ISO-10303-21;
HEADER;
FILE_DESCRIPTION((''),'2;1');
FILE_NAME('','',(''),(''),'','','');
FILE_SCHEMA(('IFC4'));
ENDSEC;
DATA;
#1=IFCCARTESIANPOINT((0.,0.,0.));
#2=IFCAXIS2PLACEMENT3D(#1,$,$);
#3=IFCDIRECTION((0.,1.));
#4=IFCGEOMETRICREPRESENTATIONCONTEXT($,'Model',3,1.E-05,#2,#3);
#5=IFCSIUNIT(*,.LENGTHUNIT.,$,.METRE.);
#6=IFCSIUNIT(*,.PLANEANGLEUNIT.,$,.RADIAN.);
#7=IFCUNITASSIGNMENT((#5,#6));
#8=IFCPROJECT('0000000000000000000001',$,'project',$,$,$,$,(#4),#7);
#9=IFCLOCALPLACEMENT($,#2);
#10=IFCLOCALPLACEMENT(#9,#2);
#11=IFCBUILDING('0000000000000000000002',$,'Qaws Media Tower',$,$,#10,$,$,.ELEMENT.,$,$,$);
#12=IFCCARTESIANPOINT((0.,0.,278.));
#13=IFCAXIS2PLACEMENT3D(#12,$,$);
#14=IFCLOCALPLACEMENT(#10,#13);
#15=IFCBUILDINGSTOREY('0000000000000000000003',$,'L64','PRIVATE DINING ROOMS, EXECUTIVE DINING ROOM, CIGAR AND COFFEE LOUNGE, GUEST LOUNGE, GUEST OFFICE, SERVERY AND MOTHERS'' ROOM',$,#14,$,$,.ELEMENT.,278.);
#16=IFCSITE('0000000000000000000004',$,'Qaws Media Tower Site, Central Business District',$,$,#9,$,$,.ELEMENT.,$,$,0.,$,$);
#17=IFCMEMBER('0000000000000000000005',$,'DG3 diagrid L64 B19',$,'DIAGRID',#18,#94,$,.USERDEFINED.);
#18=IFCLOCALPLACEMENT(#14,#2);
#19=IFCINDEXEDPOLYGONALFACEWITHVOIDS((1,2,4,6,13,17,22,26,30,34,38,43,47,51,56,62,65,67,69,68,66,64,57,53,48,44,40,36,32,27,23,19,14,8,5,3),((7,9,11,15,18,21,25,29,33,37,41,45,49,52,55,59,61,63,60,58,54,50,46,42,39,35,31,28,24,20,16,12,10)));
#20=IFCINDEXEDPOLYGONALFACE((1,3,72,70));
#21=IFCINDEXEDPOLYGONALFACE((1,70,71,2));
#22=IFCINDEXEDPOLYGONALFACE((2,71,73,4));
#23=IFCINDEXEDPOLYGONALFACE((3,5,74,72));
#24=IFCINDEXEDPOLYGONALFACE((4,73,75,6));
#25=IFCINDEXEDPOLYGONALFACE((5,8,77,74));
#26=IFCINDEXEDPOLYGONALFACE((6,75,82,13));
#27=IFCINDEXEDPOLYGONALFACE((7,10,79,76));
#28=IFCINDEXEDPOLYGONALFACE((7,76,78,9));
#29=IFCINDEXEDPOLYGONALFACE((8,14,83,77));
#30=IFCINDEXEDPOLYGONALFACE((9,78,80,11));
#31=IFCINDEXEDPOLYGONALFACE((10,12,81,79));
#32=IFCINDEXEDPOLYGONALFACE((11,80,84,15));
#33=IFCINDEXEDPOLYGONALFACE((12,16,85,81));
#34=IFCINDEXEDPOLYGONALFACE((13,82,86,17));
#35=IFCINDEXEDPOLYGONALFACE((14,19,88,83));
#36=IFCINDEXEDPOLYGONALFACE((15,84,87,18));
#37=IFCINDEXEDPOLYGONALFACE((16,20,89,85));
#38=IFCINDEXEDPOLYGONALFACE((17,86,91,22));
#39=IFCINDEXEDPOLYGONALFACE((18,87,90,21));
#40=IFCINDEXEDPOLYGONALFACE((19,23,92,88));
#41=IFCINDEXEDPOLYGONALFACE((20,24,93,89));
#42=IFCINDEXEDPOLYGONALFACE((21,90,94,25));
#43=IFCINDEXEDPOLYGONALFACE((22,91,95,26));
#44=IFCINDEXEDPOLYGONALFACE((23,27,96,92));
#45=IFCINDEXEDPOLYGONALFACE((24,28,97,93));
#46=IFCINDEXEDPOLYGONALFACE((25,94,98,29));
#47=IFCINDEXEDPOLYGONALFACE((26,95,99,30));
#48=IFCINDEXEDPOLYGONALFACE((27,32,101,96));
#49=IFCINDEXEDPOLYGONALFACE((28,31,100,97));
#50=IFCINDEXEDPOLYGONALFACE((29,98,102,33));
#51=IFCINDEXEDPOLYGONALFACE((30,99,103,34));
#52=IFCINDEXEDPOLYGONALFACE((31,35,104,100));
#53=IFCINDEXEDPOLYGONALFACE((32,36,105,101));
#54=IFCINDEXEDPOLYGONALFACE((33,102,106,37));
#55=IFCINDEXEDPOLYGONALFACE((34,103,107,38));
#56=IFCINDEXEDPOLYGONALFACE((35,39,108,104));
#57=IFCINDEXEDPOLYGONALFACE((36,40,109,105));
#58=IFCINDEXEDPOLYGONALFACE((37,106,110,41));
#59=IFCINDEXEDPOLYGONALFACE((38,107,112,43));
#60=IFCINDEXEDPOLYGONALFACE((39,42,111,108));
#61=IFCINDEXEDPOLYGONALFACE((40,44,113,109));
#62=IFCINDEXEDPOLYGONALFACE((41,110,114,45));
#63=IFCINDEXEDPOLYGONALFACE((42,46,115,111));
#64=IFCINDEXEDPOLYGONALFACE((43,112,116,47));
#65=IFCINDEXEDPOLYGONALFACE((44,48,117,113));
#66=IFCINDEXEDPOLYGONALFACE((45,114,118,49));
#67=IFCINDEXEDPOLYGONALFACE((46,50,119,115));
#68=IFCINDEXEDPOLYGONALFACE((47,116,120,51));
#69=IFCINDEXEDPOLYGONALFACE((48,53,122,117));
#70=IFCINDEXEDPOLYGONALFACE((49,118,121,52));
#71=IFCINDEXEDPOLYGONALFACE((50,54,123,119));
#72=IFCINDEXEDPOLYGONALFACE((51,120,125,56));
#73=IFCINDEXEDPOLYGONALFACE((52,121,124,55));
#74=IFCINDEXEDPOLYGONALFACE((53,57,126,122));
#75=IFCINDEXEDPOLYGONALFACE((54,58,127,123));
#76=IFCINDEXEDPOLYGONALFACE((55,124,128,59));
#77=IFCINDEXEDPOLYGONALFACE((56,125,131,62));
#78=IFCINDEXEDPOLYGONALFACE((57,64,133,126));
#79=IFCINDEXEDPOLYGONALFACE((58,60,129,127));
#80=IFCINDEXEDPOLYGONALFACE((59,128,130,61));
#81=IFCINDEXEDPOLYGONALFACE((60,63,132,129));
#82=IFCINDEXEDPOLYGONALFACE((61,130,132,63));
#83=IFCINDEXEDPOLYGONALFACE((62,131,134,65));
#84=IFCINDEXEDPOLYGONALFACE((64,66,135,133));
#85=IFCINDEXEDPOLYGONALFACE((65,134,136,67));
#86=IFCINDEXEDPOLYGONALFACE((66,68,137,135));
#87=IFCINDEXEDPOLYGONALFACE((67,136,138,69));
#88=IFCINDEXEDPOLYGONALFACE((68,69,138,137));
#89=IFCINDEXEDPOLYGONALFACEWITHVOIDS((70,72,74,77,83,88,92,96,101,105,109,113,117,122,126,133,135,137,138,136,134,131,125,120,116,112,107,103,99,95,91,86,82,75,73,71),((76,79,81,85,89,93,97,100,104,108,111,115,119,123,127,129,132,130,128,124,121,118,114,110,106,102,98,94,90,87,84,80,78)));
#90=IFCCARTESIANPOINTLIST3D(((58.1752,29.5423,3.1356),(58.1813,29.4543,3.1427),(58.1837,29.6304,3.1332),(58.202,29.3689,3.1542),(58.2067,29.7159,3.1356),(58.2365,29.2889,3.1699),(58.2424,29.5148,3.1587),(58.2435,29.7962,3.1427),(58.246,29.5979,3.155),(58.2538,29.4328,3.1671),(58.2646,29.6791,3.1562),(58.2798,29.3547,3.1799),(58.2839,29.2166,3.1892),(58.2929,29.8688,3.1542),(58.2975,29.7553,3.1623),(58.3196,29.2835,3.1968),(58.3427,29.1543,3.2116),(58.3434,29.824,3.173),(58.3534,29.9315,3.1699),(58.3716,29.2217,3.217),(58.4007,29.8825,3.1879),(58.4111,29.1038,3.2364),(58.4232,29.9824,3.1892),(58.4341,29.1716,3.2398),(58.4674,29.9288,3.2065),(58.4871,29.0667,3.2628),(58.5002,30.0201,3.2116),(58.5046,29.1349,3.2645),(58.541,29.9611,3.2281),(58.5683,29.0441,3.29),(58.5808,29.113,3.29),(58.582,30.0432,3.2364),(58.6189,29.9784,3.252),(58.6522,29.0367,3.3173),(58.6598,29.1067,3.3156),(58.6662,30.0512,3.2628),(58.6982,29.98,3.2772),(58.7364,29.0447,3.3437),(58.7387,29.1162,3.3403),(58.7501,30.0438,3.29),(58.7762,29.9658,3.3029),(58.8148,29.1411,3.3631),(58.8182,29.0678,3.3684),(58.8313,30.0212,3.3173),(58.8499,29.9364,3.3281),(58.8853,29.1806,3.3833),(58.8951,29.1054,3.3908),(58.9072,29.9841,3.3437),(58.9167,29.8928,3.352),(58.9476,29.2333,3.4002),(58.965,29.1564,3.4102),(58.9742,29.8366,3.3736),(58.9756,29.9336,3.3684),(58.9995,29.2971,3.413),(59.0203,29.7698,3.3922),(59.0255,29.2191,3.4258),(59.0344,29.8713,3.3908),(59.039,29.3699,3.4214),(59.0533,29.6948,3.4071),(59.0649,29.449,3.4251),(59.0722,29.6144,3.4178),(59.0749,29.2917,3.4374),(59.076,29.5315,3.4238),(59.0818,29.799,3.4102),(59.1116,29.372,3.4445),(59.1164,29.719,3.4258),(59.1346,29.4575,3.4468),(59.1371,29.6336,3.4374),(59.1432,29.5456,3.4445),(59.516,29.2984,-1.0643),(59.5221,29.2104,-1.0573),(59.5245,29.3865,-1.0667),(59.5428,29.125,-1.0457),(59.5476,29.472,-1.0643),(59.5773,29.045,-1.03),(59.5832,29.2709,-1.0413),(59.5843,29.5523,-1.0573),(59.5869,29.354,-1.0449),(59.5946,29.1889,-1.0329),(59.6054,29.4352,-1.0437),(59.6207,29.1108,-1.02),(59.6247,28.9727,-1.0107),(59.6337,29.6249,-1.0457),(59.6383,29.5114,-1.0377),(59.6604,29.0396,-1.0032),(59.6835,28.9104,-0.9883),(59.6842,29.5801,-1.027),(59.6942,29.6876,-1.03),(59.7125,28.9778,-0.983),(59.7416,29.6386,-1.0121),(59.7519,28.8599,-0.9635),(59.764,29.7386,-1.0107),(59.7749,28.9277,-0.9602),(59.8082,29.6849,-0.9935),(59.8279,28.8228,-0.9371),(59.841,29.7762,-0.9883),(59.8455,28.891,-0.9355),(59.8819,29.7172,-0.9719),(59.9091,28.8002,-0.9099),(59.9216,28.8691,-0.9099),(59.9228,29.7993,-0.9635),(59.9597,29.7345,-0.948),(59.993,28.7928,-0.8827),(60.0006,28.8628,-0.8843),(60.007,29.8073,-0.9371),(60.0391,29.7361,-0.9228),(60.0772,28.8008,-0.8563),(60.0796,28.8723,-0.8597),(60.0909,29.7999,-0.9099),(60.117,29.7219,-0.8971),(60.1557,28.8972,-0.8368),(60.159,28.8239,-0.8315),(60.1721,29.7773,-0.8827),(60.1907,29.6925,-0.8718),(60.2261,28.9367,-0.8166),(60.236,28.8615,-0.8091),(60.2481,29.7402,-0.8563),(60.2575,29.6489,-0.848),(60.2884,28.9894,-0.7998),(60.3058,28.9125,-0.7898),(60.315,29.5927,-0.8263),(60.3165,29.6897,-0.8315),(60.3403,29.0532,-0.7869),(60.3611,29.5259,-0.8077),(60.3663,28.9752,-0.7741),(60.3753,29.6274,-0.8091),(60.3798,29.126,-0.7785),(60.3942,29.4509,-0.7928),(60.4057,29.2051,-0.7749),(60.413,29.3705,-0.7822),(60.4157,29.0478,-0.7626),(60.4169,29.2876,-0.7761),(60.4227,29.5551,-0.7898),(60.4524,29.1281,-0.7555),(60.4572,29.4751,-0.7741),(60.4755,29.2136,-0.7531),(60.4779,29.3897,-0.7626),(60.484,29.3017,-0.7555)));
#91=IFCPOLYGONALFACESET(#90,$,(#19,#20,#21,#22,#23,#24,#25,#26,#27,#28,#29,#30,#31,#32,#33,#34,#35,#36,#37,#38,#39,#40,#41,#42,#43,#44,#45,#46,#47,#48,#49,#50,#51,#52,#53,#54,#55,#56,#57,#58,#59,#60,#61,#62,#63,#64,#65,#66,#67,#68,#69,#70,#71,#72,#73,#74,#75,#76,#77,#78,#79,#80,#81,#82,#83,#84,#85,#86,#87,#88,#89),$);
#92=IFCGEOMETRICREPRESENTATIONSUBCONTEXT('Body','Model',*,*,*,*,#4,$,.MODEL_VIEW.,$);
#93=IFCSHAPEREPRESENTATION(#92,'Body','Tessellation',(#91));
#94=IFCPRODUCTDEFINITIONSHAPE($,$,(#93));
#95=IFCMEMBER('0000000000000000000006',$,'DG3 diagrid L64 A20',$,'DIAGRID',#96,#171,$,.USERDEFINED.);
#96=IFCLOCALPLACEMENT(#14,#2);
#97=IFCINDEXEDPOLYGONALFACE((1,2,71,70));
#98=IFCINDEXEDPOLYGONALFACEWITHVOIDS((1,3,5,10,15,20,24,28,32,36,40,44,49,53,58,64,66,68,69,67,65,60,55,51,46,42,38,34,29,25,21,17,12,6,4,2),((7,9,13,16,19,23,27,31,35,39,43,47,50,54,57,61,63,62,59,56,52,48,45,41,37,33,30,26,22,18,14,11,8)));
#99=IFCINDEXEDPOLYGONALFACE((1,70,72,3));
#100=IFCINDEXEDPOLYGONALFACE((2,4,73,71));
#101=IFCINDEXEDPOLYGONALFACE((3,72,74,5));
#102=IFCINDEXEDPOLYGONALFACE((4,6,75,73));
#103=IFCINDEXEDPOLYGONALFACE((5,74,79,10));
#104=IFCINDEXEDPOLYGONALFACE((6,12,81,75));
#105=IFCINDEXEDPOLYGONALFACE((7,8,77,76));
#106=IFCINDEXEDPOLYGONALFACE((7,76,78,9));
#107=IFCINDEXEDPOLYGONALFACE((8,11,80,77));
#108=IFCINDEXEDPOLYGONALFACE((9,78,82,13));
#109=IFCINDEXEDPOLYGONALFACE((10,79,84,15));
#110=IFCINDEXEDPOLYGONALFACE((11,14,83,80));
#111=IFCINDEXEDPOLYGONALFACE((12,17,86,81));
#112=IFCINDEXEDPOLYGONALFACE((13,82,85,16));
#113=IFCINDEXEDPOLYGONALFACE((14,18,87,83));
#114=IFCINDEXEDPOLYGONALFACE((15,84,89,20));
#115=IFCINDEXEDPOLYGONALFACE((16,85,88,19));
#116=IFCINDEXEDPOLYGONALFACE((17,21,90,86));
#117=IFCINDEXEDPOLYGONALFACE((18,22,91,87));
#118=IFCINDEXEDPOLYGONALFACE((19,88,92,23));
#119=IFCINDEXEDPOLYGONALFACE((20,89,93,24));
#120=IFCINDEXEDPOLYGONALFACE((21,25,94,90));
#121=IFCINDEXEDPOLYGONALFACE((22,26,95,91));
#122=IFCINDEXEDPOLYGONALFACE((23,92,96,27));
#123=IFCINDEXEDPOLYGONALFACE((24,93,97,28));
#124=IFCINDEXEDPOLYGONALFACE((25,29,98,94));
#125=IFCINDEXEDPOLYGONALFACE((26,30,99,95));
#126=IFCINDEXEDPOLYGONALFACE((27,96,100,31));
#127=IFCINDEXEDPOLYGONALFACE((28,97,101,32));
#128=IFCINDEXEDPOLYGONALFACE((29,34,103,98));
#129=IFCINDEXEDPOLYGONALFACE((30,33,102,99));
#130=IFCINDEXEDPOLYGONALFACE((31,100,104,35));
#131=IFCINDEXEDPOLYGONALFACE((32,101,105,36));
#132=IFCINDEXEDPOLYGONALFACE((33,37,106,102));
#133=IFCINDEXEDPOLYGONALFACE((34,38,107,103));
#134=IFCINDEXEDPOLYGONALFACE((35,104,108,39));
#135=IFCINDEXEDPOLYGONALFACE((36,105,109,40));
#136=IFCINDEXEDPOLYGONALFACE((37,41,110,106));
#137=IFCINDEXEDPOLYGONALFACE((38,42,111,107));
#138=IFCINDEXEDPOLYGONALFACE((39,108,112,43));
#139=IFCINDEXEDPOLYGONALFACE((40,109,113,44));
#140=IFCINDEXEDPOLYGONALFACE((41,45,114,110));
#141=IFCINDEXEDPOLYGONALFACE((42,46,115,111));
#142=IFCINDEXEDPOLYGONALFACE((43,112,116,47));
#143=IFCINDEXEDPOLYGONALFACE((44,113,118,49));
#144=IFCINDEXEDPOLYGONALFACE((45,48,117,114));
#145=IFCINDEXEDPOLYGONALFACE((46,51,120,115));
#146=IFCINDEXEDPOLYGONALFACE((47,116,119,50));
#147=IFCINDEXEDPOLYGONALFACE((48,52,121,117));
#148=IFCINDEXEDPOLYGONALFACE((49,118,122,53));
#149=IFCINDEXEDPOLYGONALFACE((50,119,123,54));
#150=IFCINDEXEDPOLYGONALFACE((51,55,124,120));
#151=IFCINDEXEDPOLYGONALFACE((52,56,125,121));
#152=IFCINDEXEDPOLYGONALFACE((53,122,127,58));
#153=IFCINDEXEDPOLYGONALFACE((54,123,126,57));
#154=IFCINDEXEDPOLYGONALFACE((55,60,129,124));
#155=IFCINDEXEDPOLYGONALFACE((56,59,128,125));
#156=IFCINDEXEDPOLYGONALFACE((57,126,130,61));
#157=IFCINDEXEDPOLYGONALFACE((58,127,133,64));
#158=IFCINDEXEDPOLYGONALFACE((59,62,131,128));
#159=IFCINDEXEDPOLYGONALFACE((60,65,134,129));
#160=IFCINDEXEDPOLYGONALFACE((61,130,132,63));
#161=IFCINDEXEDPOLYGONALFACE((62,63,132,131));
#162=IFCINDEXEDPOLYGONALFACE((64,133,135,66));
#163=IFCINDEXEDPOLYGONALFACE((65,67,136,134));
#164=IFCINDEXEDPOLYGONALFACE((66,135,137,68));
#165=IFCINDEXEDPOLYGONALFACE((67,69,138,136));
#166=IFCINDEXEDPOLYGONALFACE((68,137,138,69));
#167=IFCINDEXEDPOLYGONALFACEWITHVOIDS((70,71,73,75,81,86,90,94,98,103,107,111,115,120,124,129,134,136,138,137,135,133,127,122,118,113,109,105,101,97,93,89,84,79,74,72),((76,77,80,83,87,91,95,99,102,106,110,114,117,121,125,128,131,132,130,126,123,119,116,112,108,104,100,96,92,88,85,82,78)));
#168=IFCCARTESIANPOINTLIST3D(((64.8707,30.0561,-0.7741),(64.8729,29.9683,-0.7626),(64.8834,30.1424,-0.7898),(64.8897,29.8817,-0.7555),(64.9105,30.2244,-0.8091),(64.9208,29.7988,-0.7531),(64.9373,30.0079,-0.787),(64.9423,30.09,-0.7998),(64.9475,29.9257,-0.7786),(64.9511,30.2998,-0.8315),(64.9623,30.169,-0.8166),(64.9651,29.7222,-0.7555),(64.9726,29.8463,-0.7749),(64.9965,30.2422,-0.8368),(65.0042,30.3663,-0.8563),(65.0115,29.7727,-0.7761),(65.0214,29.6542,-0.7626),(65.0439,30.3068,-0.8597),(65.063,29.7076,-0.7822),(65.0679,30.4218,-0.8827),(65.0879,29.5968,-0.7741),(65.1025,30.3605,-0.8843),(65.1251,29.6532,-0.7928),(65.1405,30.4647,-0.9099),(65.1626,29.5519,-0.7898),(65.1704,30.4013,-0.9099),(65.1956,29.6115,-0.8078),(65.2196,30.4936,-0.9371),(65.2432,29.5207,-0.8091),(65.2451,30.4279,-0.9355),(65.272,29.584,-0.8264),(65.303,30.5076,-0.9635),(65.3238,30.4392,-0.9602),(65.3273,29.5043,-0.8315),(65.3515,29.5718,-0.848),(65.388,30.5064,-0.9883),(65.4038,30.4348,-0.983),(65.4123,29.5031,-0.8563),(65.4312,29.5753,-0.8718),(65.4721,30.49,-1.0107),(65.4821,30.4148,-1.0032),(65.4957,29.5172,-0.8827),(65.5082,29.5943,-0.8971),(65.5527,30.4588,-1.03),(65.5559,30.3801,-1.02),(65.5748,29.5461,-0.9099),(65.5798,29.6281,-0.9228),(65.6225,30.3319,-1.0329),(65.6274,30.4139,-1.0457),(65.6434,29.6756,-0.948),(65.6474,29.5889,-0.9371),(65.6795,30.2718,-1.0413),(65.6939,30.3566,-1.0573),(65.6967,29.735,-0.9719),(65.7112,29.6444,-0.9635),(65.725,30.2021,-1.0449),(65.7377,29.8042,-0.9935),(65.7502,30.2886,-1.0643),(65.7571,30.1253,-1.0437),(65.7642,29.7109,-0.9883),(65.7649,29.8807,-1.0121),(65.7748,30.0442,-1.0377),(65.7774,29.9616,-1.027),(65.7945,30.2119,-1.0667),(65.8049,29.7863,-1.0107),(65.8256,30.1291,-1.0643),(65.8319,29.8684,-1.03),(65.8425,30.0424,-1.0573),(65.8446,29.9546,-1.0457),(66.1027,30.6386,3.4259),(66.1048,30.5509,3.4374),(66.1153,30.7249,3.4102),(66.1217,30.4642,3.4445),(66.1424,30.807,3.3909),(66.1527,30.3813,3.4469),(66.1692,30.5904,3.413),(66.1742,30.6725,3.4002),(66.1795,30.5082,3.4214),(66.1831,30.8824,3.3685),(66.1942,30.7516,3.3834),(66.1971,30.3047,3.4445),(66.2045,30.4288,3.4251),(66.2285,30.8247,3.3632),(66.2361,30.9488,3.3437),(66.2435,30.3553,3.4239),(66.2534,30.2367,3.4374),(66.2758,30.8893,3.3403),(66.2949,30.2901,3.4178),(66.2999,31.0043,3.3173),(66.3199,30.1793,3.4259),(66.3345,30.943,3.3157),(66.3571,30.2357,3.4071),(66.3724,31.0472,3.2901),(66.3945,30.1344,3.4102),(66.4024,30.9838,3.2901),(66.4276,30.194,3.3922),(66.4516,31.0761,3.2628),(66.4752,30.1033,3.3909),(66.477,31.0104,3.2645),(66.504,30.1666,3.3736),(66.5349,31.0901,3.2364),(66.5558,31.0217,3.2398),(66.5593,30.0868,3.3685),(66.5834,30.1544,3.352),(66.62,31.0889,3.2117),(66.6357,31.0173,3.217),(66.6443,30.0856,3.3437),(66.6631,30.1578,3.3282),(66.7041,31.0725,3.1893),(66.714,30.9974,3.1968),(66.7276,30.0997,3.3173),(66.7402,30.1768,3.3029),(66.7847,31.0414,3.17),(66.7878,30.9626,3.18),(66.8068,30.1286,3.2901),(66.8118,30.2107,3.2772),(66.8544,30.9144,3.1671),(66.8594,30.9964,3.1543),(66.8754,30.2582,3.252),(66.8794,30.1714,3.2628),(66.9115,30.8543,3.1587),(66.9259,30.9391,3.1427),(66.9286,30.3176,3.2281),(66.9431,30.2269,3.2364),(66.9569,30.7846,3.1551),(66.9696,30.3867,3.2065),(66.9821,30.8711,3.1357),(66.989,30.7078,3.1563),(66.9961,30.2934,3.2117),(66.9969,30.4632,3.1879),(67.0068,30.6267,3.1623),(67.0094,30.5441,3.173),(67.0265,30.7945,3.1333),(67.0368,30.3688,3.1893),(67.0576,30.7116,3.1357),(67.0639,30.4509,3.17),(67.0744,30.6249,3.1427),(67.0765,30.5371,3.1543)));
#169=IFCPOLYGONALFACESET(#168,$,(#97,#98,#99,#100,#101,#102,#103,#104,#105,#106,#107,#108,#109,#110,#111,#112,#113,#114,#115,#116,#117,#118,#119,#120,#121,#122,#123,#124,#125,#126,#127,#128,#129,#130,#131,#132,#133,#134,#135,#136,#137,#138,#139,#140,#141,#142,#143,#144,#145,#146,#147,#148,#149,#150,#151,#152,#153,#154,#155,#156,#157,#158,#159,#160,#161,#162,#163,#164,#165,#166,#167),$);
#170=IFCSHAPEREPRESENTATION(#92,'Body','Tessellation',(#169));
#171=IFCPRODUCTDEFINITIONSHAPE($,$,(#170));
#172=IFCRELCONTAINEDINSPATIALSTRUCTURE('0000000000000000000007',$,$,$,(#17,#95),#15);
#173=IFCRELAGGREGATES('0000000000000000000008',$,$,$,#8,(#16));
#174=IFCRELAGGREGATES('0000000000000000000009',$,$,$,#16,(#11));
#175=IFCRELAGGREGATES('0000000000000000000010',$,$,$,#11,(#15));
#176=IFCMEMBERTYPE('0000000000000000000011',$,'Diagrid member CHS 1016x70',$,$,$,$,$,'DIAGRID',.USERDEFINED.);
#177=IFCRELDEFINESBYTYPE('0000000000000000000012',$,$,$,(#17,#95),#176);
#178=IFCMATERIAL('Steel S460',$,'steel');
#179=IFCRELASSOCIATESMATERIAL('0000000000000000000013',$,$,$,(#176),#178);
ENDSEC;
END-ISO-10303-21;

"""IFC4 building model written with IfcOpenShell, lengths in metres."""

from ifc_helpers import new_model, si_unit, direction, frame, origin, origin_2d, place, context, subcontext, project, spatial, hollow_circle, extrude, material, material_profile, profile_set, type_object, element, save


model = new_model("IFC4")

# Units and contexts
model_context = context("Model", 3, precision=1e-05, world=origin(), true_north=direction((0.0, 1.0)))
body_context = subcontext(model_context, "Body", "Model", "MODEL_VIEW")
ifc_project = project(units=[si_unit("LENGTHUNIT", "METRE"), si_unit("PLANEANGLEUNIT", "RADIAN")], contexts=[model_context])

# Site, building, storey
site_placement = place(None, origin())
site = spatial("IfcSite", under=ifc_project, at=site_placement, Name="Qaws Media Tower Site, Central Business District", CompositionType="ELEMENT", RefElevation=0.0)
building_placement = place(site_placement, origin())
building = spatial("IfcBuilding", under=site, at=building_placement, Name="Qaws Media Tower", CompositionType="ELEMENT")
storey_placement = place(building_placement, frame((0.0, 0.0, 278.0)))
storey = spatial("IfcBuildingStorey", under=building, at=storey_placement, Name="L64", Description="PRIVATE DINING ROOMS, EXECUTIVE DINING ROOM, CIGAR AND COFFEE LOUNGE, GUEST LOUNGE, GUEST OFFICE, SERVERY AND MOTHERS' ROOM", CompositionType="ELEMENT", Elevation=278.0)

# Members
ifc_material_1 = material(Name="Steel S460", Category="steel")
ifc_material_profile_1 = material_profile(ifc_material_1, hollow_circle(Radius=0.5081, WallThickness=0.0701, at=origin_2d()), Name="CHS 1016x70")
ifc_profile_set_1 = profile_set([ifc_material_profile_1], Name="Steel S460")
member_type_1 = type_object("IfcMemberType", Name="Diagrid member CHS 1016x70", ElementType="DIAGRID", PredefinedType="USERDEFINED", material=ifc_profile_set_1)
for number, where, z_axis, x_axis, name in (
    (1, (60.0, 29.3, -0.9099), (-0.30366, 0.055236, 0.951178), (-0.178964, -0.983856, 0.0), "DG3 diagrid L64 B19"),
    (2, (65.3577, 30.0054, -0.9099), (0.279002, 0.131926, 0.951185), (-0.42747, 0.904029, 0.0), "DG3 diagrid L64 A20"),
):
    element("IfcMember", number, at=place(storey_placement, frame(where, z_axis=z_axis, x_axis=x_axis)), inside=storey, type_object=member_type_1, Name=name, ObjectType="DIAGRID", PredefinedType="USERDEFINED", context=body_context, shape_type="SweptSolid", body=[
        extrude(hollow_circle(Radius=0.5081, WallThickness=0.0701, at=origin_2d()), origin(), (0.0, 0.0, 1.0), 4.4155),
    ])

save(model, "model.ifc")
